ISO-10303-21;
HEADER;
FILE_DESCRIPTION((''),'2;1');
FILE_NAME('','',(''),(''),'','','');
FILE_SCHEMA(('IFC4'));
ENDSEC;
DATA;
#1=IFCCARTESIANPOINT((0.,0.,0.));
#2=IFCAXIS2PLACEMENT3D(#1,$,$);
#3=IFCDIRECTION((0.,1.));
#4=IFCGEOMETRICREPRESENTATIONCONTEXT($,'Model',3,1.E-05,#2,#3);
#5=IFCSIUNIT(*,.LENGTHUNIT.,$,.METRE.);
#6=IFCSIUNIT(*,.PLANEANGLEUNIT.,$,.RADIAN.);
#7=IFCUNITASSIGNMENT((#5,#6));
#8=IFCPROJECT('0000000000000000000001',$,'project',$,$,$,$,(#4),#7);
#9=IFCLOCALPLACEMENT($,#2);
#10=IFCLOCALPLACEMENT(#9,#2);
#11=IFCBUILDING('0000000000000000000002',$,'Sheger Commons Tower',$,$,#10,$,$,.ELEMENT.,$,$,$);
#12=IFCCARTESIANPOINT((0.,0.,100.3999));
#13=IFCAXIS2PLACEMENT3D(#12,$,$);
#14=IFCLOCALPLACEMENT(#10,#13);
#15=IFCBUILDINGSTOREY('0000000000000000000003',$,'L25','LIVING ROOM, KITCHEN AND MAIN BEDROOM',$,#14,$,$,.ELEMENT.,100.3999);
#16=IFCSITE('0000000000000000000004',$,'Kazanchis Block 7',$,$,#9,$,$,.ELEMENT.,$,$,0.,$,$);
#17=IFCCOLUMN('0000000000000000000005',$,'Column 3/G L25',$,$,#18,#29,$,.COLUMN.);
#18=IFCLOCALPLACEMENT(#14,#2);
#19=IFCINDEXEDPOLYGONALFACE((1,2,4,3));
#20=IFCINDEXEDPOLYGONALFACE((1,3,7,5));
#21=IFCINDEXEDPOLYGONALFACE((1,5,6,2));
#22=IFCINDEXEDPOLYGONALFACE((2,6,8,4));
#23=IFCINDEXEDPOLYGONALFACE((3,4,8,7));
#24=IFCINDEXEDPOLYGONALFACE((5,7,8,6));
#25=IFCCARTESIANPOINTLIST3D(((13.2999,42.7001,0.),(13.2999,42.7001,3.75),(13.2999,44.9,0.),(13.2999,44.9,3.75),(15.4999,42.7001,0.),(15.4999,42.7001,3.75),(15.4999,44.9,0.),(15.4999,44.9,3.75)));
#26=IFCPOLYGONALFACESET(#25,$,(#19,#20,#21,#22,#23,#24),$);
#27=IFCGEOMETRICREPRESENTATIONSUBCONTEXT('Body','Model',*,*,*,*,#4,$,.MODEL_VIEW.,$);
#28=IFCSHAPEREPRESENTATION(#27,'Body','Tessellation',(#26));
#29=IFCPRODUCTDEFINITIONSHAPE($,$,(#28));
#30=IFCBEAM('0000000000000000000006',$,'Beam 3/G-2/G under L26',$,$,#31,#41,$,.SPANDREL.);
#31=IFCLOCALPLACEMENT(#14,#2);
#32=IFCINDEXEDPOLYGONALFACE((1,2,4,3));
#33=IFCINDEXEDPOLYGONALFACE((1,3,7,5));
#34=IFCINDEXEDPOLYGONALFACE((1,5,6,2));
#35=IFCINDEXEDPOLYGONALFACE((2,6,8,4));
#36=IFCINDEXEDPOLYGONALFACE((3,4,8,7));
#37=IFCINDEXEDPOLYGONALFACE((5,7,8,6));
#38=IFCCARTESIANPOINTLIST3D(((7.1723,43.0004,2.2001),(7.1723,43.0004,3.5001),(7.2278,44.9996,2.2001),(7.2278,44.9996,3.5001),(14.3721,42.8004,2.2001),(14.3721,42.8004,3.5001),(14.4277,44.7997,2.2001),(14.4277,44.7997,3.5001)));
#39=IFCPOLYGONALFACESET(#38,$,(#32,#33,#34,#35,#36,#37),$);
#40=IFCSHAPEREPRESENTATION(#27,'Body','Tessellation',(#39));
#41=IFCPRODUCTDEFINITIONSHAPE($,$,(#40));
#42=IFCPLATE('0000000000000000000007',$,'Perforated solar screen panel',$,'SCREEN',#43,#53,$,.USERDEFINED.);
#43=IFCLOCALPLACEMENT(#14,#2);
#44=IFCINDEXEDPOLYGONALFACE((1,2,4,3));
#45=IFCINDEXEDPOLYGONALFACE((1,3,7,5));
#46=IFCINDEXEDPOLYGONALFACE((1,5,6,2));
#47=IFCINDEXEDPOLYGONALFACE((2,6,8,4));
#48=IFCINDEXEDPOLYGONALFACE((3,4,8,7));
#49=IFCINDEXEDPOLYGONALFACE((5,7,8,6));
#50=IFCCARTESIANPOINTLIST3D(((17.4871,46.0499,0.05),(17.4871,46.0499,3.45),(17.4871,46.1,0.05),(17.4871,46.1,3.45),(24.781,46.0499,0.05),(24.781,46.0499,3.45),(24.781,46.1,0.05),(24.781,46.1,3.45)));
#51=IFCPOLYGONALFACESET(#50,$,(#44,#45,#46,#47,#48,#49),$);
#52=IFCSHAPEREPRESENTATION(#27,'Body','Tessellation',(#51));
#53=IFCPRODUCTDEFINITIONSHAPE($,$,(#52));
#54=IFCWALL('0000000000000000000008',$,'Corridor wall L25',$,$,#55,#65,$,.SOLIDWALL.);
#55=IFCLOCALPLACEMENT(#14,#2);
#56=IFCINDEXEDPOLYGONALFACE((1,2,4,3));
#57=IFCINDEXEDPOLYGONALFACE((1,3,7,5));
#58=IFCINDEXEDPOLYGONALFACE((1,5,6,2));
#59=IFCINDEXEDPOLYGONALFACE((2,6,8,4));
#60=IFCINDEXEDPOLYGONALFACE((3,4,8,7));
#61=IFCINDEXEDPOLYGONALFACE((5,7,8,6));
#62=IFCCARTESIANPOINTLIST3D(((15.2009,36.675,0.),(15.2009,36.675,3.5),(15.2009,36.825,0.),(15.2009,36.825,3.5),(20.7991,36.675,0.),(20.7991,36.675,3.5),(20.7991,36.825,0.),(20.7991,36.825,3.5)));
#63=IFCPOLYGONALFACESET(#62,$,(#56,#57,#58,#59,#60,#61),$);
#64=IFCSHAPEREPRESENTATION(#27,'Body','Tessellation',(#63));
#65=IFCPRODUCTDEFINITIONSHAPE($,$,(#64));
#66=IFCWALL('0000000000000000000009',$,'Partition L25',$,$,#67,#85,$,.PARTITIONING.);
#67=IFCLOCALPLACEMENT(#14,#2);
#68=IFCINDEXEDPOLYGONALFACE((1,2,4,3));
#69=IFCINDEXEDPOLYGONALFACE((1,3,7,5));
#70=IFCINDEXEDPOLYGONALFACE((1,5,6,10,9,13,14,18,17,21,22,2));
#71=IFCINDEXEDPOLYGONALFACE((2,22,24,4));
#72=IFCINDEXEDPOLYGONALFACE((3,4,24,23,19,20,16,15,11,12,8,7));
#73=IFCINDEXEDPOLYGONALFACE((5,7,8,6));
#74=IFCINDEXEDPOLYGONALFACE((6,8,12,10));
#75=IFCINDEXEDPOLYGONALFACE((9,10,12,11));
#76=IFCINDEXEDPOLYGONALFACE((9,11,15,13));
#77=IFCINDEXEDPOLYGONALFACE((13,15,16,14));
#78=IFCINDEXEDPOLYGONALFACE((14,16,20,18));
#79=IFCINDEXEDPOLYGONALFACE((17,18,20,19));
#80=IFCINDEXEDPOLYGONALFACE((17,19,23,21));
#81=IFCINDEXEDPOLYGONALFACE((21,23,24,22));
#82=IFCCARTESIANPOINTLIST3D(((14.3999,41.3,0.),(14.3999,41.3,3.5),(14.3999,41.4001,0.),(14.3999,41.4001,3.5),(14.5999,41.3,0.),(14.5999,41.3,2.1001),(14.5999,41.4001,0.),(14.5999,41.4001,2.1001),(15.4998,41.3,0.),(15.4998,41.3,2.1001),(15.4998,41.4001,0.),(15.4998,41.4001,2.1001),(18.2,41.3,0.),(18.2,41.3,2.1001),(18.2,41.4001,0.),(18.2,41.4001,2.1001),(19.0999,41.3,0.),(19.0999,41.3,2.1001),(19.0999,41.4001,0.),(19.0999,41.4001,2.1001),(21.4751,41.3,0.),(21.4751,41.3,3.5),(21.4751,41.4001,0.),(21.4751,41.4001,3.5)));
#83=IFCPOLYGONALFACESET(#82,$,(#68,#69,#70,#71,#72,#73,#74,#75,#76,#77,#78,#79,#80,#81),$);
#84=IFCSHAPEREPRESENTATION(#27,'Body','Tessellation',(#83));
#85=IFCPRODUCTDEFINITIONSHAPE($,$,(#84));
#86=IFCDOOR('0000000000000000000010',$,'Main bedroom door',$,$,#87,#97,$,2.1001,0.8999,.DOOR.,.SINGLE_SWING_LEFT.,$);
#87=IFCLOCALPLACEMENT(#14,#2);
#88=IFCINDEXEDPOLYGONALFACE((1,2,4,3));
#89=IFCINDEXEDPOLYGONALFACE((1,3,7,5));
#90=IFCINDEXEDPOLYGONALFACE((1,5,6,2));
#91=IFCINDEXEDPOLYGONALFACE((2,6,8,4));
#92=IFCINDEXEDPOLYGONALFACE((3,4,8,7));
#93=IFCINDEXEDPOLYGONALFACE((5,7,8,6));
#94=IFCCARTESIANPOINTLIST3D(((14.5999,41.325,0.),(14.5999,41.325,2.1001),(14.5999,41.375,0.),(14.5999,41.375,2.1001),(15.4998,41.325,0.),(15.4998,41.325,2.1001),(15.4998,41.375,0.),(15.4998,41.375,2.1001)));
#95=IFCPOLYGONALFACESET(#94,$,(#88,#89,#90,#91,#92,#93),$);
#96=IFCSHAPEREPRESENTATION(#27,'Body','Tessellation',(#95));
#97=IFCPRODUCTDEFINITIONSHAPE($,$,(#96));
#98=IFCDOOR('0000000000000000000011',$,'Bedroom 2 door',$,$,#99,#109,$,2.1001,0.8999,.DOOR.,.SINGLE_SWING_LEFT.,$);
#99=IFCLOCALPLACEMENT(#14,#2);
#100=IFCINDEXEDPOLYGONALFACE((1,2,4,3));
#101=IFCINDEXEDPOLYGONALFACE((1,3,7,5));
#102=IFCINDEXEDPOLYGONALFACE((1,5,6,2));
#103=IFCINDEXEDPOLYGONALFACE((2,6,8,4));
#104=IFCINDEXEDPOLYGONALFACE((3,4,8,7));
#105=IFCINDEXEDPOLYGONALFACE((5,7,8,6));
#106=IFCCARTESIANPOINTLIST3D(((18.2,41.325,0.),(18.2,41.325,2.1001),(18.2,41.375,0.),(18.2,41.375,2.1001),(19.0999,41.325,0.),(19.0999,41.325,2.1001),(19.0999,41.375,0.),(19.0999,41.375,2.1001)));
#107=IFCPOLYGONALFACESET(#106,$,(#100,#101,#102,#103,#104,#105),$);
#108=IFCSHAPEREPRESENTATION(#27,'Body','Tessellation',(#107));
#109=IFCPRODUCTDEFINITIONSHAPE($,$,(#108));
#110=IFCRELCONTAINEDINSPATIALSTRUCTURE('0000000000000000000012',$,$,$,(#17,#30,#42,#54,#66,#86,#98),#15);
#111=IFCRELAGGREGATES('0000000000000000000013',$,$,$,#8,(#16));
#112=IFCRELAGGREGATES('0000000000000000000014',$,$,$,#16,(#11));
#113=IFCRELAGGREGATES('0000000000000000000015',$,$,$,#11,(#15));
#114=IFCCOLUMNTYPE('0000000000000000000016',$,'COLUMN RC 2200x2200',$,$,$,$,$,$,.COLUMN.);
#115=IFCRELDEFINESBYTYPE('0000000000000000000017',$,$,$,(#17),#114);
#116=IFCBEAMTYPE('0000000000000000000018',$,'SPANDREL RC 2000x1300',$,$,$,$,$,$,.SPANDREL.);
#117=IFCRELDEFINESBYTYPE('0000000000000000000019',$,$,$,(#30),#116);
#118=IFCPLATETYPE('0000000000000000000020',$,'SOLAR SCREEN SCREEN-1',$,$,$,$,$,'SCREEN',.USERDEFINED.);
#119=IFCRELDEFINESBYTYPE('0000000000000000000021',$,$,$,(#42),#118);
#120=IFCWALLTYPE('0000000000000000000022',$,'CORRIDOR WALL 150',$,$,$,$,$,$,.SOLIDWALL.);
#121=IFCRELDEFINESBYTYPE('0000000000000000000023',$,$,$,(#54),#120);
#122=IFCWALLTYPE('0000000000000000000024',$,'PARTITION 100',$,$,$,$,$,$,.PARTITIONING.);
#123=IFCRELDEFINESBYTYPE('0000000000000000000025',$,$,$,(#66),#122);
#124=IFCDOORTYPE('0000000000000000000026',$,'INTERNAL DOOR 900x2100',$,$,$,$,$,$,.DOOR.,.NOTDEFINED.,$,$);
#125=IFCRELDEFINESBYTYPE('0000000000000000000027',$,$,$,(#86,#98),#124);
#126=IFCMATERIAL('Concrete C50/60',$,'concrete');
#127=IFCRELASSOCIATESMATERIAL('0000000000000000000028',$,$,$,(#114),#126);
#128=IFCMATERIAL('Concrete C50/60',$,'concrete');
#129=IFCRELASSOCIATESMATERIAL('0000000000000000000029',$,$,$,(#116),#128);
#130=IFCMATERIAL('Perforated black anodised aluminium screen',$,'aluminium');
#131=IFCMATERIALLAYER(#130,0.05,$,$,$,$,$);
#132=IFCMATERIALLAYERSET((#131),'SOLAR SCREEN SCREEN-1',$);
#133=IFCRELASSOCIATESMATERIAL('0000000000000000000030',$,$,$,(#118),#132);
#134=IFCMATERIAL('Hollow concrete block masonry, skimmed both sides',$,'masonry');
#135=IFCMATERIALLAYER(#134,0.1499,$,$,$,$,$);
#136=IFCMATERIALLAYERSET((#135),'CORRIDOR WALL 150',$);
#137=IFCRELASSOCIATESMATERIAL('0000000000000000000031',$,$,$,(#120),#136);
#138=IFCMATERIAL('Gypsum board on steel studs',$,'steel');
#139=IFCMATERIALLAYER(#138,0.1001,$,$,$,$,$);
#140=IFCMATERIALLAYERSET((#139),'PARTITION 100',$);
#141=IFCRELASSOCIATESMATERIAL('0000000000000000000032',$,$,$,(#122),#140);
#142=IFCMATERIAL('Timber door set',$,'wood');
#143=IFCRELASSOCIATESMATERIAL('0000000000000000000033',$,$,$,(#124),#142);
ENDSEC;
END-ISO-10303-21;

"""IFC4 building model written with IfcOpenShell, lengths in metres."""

from ifc_helpers import new_model, si_unit, direction, frame, frame_2d, origin, origin_2d, place, context, subcontext, project, spatial, rectangle, extrude, material, layer, layer_set, material_profile, profile_set, type_object, element, fill, save


model = new_model("IFC4")

# Units and contexts
model_context = context("Model", 3, precision=1e-05, world=origin(), true_north=direction((0.0, 1.0)))
body_context = subcontext(model_context, "Body", "Model", "MODEL_VIEW")
ifc_project = project(units=[si_unit("LENGTHUNIT", "METRE"), si_unit("PLANEANGLEUNIT", "RADIAN")], contexts=[model_context])

# Site, building, storey
site_placement = place(None, origin())
site = spatial("IfcSite", under=ifc_project, at=site_placement, Name="Kazanchis Block 7", CompositionType="ELEMENT", RefElevation=0.0)
building_placement = place(site_placement, origin())
building = spatial("IfcBuilding", under=site, at=building_placement, Name="Sheger Commons Tower", CompositionType="ELEMENT")
storey_placement = place(building_placement, frame((0.0, 0.0, 100.3999)))
storey = spatial("IfcBuildingStorey", under=building, at=storey_placement, Name="L25", Description="LIVING ROOM, KITCHEN AND MAIN BEDROOM", CompositionType="ELEMENT", Elevation=100.3999)

# Column
ifc_material_1 = material(Name="Concrete C50/60", Category="concrete")
ifc_material_profile_1 = material_profile(ifc_material_1, rectangle(XDim=2.2, YDim=2.2, at=origin_2d()), Name="RC 2200x2200")
ifc_profile_set_1 = profile_set([ifc_material_profile_1], Name="Concrete C50/60")
column_type = type_object("IfcColumnType", Name="COLUMN RC 2200x2200", PredefinedType="COLUMN", material=ifc_profile_set_1)
column_placement = place(storey_placement, frame((14.3999, 43.8, 0.0), z_axis=(0.0, 0.0, 1.0), x_axis=(1.0, 0.0, 0.0)))
element("IfcColumn", 1, at=column_placement, inside=storey, type_object=column_type, Name="Column 3/G L25", PredefinedType="COLUMN", context=body_context, shape_type="SweptSolid", body=[
    extrude(rectangle(XDim=2.2, YDim=2.2, at=origin_2d()), origin(), (0.0, 0.0, 1.0), 3.75),
])

# Beam
ifc_material_2 = material(Name="Concrete C50/60", Category="concrete")
ifc_material_profile_2 = material_profile(ifc_material_2, rectangle(XDim=2.0, YDim=1.3, at=origin_2d()), Name="RC 2000x1300")
ifc_profile_set_2 = profile_set([ifc_material_profile_2], Name="Concrete C50/60")
beam_type = type_object("IfcBeamType", Name="SPANDREL RC 2000x1300", PredefinedType="SPANDREL", material=ifc_profile_set_2)
beam_placement = place(storey_placement, frame((14.3999, 43.8, 2.8501), z_axis=(-0.999615, 0.02776, 0.0), x_axis=(-0.02776, -0.999615, 0.0)))
element("IfcBeam", 2, at=beam_placement, inside=storey, type_object=beam_type, Name="Beam 3/G-2/G under L26", PredefinedType="SPANDREL", context=body_context, shape_type="SweptSolid", body=[
    extrude(rectangle(XDim=2.0, YDim=1.3, at=origin_2d()), origin(), (0.0, 0.0, 1.0), 7.2026),
])

# Plate
ifc_material_3 = material(Name="Perforated black anodised aluminium screen", Category="aluminium")
ifc_layer_1 = layer(ifc_material_3, 0.05)
ifc_layer_set_1 = layer_set([ifc_layer_1], Name="SOLAR SCREEN SCREEN-1")
plate_type = type_object("IfcPlateType", Name="SOLAR SCREEN SCREEN-1", ElementType="SCREEN", PredefinedType="USERDEFINED", material=ifc_layer_set_1)
plate_placement = place(storey_placement, frame((21.134, 46.075, 0.05), z_axis=(0.0, 0.0, 1.0), x_axis=(-1.0, 0.0, 0.0)))
element("IfcPlate", 3, at=plate_placement, inside=storey, type_object=plate_type, Name="Perforated solar screen panel", ObjectType="SCREEN", PredefinedType="USERDEFINED", context=body_context, shape_type="SweptSolid", body=[
    extrude(rectangle(XDim=7.2939, YDim=0.05, at=origin_2d()), origin(), (0.0, 0.0, 1.0), 3.3999),
])

# Wall
ifc_material_4 = material(Name="Hollow concrete block masonry, skimmed both sides", Category="masonry")
ifc_layer_2 = layer(ifc_material_4, 0.1499)
ifc_layer_set_2 = layer_set([ifc_layer_2], Name="CORRIDOR WALL 150")
wall_type_1 = type_object("IfcWallType", Name="CORRIDOR WALL 150", PredefinedType="SOLIDWALL", material=ifc_layer_set_2)
wall_1_placement = place(storey_placement, frame((15.2009, 36.75, 0.0), z_axis=(0.0, 0.0, 1.0), x_axis=(1.0, 0.0, 0.0)))
element("IfcWall", 4, at=wall_1_placement, inside=storey, type_object=wall_type_1, Name="Corridor wall L25", PredefinedType="SOLIDWALL", context=body_context, shape_type="SweptSolid", body=[
    extrude(rectangle(XDim=5.5981, YDim=0.1499, at=frame_2d((2.7991, 0.0))), origin(), (0.0, 0.0, 1.0), 3.5),
])

# Wall, openings, doors
ifc_material_5 = material(Name="Gypsum board on steel studs", Category="steel")
ifc_layer_3 = layer(ifc_material_5, 0.1001)
ifc_layer_set_3 = layer_set([ifc_layer_3], Name="PARTITION 100")
wall_type_2 = type_object("IfcWallType", Name="PARTITION 100", PredefinedType="PARTITIONING", material=ifc_layer_set_3)
wall_2_placement = place(storey_placement, frame((14.3999, 41.3501, 0.0), z_axis=(0.0, 0.0, 1.0), x_axis=(1.0, 0.0, 0.0)))
wall_2 = element("IfcWall", 5, at=wall_2_placement, inside=storey, type_object=wall_type_2, Name="Partition L25", PredefinedType="PARTITIONING", context=body_context, shape_type="SweptSolid", body=[
    extrude(rectangle(XDim=7.0752, YDim=0.1001, at=frame_2d((3.5376, 0.0))), origin(), (0.0, 0.0, 1.0), 3.5),
])
opening_1_placement = place(wall_2_placement, frame((0.2, 0.0, 0.0)))
opening_1 = element("IfcOpeningElement", 6, at=opening_1_placement, cuts=wall_2, PredefinedType="OPENING", context=body_context, shape_type="SweptSolid", body=[
    extrude(rectangle(XDim=0.8999, YDim=2.1001, at=frame_2d((0.45, 1.05))), frame((0.0, 0.0601, 0.0), z_axis=(0.0, -1.0, 0.0), x_axis=(1.0, 0.0, 0.0)), (0.0, 0.0, 1.0), 0.1201),
])
opening_2_placement = place(wall_2_placement, frame((3.8, 0.0, 0.0)))
opening_2 = element("IfcOpeningElement", 7, at=opening_2_placement, cuts=wall_2, PredefinedType="OPENING", context=body_context, shape_type="SweptSolid", body=[
    extrude(rectangle(XDim=0.8999, YDim=2.1001, at=frame_2d((0.45, 1.05))), frame((0.0, 0.0601, 0.0), z_axis=(0.0, -1.0, 0.0), x_axis=(1.0, 0.0, 0.0)), (0.0, 0.0, 1.0), 0.1201),
])
ifc_material_6 = material(Name="Timber door set", Category="wood")
door_type = type_object("IfcDoorType", Name="INTERNAL DOOR 900x2100", OperationType="NOTDEFINED", PredefinedType="DOOR", material=ifc_material_6)
door_1_placement = place(opening_1_placement, origin())
door_1 = element("IfcDoor", 8, at=door_1_placement, inside=storey, type_object=door_type, Name="Main bedroom door", OperationType="SINGLE_SWING_LEFT", OverallHeight=2.1001, OverallWidth=0.8999, PredefinedType="DOOR", context=body_context, shape_type="SweptSolid", body=[
    extrude(rectangle(XDim=0.8999, YDim=2.1001, at=frame_2d((0.45, 1.05))), frame((0.0, 0.0249, 0.0), z_axis=(0.0, -1.0, 0.0), x_axis=(1.0, 0.0, 0.0)), (0.0, 0.0, 1.0), 0.05),
])
fill(opening_1, door_1)
door_2_placement = place(opening_2_placement, origin())
door_2 = element("IfcDoor", 9, at=door_2_placement, inside=storey, type_object=door_type, Name="Bedroom 2 door", OperationType="SINGLE_SWING_LEFT", OverallHeight=2.1001, OverallWidth=0.8999, PredefinedType="DOOR", context=body_context, shape_type="SweptSolid", body=[
    extrude(rectangle(XDim=0.8999, YDim=2.1001, at=frame_2d((0.45, 1.05))), frame((0.0, 0.0249, 0.0), z_axis=(0.0, -1.0, 0.0), x_axis=(1.0, 0.0, 0.0)), (0.0, 0.0, 1.0), 0.05),
])
fill(opening_2, door_2)

save(model, "model.ifc")
